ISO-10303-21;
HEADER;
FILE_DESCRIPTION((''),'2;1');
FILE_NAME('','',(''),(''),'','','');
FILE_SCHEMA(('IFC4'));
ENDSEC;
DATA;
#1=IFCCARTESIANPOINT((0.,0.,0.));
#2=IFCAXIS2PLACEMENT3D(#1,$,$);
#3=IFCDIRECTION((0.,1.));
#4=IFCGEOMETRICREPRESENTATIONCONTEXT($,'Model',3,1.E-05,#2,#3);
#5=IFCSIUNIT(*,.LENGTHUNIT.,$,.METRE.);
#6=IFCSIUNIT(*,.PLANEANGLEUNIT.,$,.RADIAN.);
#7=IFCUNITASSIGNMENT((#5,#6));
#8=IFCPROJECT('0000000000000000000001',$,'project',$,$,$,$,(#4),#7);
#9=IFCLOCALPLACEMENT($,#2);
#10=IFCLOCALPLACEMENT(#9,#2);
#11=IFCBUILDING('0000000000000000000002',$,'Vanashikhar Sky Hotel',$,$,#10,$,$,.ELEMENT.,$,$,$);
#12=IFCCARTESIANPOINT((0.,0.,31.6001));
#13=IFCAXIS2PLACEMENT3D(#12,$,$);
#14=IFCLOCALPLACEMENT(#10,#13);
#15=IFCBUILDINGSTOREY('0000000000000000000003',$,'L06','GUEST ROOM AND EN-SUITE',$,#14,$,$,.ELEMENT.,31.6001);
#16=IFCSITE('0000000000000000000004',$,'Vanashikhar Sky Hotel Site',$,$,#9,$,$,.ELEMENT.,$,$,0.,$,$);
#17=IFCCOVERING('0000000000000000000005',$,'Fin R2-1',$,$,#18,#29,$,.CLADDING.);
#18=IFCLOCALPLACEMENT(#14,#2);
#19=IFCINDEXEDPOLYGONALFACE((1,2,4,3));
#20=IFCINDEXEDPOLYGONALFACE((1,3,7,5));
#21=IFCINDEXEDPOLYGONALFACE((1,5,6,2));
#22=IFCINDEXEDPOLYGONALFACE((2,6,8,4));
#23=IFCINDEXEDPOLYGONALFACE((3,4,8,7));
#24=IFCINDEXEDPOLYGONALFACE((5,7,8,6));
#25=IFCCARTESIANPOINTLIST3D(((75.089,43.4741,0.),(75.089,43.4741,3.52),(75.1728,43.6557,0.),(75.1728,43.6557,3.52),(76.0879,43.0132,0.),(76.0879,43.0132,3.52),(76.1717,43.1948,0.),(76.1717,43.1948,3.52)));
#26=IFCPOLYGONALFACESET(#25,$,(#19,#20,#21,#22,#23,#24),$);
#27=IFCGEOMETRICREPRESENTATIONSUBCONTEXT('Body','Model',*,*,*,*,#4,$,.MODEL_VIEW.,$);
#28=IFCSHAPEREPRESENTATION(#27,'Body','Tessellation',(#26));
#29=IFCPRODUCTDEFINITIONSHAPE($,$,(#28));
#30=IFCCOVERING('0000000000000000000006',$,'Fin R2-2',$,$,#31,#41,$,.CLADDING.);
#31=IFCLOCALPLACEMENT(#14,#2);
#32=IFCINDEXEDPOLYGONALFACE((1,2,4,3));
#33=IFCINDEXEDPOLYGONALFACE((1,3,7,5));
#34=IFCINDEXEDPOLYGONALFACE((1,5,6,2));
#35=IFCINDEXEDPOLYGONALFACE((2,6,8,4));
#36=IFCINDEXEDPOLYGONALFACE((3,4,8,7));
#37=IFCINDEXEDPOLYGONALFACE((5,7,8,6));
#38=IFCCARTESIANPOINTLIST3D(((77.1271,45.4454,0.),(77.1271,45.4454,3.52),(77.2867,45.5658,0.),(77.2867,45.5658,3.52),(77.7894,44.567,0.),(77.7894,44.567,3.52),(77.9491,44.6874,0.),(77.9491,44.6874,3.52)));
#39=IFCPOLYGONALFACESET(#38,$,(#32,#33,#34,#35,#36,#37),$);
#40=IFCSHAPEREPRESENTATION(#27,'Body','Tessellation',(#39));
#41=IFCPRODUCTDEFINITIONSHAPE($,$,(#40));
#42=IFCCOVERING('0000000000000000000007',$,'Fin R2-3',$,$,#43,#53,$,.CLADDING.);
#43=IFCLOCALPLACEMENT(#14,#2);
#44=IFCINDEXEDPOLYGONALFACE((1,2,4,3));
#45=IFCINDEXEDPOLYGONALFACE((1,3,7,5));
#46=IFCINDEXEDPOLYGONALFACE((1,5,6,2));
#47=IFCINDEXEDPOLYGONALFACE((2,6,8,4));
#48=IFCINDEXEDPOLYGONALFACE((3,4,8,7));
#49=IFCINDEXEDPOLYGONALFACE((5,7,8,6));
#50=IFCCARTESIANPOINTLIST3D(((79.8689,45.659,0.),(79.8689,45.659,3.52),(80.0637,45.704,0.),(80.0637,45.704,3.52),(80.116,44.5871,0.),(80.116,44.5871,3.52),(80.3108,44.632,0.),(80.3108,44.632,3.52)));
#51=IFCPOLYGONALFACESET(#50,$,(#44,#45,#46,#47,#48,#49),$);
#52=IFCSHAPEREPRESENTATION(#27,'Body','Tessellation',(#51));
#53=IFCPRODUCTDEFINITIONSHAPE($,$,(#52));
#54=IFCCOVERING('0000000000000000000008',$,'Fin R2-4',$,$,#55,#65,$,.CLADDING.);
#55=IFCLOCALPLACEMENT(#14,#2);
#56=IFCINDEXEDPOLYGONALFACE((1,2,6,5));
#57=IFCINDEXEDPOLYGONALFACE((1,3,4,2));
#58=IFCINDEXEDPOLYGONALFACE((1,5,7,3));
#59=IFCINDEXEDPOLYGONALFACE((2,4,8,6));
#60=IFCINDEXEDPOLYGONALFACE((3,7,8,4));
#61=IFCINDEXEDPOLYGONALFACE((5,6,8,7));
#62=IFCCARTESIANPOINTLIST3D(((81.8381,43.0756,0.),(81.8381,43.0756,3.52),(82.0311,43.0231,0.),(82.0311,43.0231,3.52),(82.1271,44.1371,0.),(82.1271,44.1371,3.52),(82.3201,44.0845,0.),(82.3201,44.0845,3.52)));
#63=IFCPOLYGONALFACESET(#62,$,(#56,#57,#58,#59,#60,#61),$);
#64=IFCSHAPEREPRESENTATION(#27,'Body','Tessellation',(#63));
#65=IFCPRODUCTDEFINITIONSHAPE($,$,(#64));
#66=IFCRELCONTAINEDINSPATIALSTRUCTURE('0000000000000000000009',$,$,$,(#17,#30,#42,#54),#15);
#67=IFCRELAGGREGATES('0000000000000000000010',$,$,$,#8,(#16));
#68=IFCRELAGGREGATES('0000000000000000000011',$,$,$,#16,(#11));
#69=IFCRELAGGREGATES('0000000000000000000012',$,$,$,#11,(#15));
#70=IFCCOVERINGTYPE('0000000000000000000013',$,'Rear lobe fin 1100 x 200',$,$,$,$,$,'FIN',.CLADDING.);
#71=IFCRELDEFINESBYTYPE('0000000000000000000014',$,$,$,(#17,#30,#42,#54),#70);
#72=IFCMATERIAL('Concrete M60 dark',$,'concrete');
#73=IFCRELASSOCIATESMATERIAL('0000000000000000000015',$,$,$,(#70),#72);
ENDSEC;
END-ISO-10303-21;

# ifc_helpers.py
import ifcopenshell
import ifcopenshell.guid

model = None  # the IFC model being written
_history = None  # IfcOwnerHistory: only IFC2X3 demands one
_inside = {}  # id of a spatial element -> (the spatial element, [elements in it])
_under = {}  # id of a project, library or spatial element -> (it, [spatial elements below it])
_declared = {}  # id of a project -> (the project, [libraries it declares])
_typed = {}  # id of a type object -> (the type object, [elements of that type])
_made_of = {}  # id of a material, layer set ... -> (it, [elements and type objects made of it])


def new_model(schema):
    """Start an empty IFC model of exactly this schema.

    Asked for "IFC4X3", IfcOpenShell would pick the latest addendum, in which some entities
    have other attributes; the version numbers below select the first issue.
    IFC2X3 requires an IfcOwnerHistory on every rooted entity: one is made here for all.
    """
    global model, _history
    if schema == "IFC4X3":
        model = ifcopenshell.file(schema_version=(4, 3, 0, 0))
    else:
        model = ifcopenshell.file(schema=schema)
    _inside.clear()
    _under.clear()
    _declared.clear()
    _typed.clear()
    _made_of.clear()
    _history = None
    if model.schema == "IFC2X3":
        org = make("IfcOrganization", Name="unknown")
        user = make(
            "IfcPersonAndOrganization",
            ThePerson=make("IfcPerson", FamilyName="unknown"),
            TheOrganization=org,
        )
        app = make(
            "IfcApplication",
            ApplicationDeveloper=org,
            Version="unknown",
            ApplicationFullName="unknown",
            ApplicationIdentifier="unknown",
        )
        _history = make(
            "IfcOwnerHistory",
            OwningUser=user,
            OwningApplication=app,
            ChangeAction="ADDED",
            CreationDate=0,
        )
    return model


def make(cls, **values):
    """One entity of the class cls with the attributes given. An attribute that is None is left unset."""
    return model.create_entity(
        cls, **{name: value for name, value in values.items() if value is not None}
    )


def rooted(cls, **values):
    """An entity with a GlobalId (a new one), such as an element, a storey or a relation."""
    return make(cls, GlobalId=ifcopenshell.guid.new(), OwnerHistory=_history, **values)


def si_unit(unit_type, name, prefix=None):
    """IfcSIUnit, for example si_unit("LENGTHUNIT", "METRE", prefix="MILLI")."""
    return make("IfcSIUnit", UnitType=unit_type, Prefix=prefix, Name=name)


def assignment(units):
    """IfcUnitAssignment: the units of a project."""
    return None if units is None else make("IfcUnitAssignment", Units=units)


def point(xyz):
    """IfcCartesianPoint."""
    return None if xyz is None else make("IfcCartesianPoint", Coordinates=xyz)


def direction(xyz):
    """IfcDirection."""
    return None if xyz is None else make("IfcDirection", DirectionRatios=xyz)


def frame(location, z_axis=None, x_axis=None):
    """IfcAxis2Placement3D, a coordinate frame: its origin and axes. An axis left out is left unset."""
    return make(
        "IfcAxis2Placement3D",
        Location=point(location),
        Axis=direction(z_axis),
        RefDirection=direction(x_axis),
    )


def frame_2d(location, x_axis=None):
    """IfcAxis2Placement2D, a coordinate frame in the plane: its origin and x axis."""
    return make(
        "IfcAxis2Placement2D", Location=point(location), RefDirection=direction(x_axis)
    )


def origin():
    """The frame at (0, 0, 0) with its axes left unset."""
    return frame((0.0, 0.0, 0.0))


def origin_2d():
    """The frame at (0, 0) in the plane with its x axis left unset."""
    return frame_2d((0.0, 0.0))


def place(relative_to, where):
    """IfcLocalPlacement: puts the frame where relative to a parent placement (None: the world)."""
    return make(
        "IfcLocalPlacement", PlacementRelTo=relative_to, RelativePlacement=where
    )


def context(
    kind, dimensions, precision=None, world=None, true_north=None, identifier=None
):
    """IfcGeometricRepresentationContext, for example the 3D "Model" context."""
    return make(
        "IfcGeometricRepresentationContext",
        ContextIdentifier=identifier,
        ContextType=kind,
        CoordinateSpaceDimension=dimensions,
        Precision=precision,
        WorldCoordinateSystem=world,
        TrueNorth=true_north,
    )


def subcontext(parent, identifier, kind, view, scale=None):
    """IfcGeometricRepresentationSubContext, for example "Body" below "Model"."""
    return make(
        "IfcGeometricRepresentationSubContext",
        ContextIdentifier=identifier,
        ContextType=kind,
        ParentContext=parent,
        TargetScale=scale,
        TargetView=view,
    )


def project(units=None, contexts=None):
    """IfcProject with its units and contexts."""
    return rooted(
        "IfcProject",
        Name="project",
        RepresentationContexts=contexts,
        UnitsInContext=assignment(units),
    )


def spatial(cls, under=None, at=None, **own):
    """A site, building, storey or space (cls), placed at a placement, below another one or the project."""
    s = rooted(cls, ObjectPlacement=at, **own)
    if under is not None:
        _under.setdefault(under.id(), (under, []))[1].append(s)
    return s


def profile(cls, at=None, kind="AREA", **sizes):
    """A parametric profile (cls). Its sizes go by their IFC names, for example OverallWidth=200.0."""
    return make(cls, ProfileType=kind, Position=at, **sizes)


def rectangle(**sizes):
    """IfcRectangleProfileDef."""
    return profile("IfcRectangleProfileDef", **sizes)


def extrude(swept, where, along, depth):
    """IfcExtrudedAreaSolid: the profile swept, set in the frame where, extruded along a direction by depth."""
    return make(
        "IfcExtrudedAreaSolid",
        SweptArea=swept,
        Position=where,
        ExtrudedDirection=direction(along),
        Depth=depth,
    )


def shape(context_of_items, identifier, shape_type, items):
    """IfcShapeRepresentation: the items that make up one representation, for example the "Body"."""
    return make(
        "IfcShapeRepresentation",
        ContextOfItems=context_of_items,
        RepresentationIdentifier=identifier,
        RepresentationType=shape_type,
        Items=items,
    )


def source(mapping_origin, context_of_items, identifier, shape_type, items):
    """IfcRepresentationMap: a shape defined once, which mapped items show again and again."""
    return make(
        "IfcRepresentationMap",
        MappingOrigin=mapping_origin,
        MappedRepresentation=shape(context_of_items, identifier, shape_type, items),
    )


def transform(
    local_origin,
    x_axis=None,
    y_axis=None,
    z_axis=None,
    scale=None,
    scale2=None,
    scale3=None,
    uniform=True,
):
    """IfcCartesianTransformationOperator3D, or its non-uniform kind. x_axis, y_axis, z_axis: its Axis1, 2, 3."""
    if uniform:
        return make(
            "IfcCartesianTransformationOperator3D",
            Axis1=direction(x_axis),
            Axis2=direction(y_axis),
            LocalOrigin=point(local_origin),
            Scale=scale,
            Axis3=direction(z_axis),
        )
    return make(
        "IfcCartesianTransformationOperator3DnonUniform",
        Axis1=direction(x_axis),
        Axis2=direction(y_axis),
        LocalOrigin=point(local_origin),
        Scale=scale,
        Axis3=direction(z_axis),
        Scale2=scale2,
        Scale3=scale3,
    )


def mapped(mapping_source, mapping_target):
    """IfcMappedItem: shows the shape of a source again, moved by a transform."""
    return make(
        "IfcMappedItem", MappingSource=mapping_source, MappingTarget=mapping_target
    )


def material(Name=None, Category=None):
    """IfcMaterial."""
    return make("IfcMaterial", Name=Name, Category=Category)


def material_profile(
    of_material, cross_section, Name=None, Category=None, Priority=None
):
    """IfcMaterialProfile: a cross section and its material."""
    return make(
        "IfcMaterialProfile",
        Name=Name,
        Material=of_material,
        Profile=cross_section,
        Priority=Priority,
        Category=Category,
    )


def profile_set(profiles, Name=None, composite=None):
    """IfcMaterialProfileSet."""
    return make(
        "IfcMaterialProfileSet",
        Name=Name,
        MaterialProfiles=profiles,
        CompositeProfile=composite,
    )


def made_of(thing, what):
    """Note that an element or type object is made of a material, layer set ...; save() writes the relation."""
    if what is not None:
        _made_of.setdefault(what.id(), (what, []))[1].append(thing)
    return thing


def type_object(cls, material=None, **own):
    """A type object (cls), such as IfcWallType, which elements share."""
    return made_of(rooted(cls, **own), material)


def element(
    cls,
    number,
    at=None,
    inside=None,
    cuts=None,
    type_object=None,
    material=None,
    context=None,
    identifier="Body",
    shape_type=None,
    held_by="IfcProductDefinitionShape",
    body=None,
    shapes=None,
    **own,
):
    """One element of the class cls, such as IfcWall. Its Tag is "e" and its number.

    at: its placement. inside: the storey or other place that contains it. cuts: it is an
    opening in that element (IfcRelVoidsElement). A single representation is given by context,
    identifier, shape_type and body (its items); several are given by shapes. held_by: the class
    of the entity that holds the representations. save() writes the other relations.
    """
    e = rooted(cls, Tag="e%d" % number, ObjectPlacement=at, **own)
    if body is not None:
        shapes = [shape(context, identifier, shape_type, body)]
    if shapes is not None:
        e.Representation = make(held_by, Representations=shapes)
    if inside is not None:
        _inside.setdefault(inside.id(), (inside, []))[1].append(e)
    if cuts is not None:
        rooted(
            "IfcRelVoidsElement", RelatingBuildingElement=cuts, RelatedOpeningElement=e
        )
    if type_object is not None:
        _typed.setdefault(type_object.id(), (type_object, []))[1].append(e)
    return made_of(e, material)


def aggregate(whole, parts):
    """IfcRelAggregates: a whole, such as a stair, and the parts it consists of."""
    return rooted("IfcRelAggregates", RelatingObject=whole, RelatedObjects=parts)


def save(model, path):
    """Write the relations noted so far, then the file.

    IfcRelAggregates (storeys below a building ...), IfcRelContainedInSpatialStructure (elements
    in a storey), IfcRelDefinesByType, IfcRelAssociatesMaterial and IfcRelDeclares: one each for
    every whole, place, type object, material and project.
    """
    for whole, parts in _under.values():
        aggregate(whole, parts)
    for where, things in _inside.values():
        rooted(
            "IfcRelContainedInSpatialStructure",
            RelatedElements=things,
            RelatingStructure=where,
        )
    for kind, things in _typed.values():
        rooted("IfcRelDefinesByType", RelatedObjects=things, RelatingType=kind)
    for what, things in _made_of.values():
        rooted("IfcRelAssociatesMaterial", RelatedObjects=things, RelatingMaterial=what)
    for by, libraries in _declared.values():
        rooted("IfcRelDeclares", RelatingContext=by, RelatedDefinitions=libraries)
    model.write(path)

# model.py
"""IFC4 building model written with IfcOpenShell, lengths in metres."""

from ifc_helpers import new_model, si_unit, direction, frame, origin, origin_2d, place, context, subcontext, project, spatial, rectangle, extrude, source, transform, mapped, material, material_profile, profile_set, type_object, element, save


model = new_model("IFC4")

# Units and contexts
model_context = context("Model", 3, precision=1e-05, world=origin(), true_north=direction((0.0, 1.0)))
body_context = subcontext(model_context, "Body", "Model", "MODEL_VIEW")
ifc_project = project(units=[si_unit("LENGTHUNIT", "METRE"), si_unit("PLANEANGLEUNIT", "RADIAN")], contexts=[model_context])

# Site, building, storey
site_placement = place(None, origin())
site = spatial("IfcSite", under=ifc_project, at=site_placement, Name="Vanashikhar Sky Hotel Site", CompositionType="ELEMENT", RefElevation=0.0)
building_placement = place(site_placement, origin())
building = spatial("IfcBuilding", under=site, at=building_placement, Name="Vanashikhar Sky Hotel", CompositionType="ELEMENT")
storey_placement = place(building_placement, frame((0.0, 0.0, 31.6001)))
storey = spatial("IfcBuildingStorey", under=building, at=storey_placement, Name="L06", Description="GUEST ROOM AND EN-SUITE", CompositionType="ELEMENT", Elevation=31.6001)

# Coverings
ifc_material_1 = material(Name="Concrete M60 dark", Category="concrete")
ifc_material_profile_1 = material_profile(ifc_material_1, rectangle(XDim=1.1001, YDim=0.2, at=origin_2d()))
ifc_profile_set_1 = profile_set([ifc_material_profile_1], Name="Rear lobe fin 1100 x 200")
covering_type = type_object("IfcCoveringType", Name="Rear lobe fin 1100 x 200", ElementType="FIN", PredefinedType="CLADDING", material=ifc_profile_set_1)
shared_shape_1 = source(origin(), body_context, "Body", "SweptSolid", [
    extrude(rectangle(XDim=1.1001, YDim=0.2, at=origin_2d()), origin(), (0.0, 0.0, 1.0), 3.52),
])
for number, where, z_axis, x_axis, name in (
    (1, (75.6304, 43.3345, 0.0), (0.0, 0.0, 1.0), (-0.908004, 0.418961, 0.0), "Fin R2-1"),
    (2, (77.5381, 45.0664, 0.0), (0.0, 0.0, 1.0), (-0.602066, 0.798446, 0.0), "Fin R2-2"),
    (3, (80.0898, 45.1455, 0.0), (0.0, 0.0, 1.0), (-0.224645, 0.974441, 0.0), "Fin R2-3"),
    (4, (82.0791, 43.5801, 0.0), (0.0, 0.0, 1.0), (0.262711, 0.964874, 0.0), "Fin R2-4"),
):
    element("IfcCovering", number, at=place(storey_placement, frame(where, z_axis=z_axis, x_axis=x_axis)), inside=storey, type_object=covering_type, Name=name, PredefinedType="CLADDING", context=body_context, shape_type="MappedRepresentation", body=[
        mapped(shared_shape_1, transform((0.0, 0.0, 0.0), scale=1.0)),
    ])

save(model, "model.ifc")
